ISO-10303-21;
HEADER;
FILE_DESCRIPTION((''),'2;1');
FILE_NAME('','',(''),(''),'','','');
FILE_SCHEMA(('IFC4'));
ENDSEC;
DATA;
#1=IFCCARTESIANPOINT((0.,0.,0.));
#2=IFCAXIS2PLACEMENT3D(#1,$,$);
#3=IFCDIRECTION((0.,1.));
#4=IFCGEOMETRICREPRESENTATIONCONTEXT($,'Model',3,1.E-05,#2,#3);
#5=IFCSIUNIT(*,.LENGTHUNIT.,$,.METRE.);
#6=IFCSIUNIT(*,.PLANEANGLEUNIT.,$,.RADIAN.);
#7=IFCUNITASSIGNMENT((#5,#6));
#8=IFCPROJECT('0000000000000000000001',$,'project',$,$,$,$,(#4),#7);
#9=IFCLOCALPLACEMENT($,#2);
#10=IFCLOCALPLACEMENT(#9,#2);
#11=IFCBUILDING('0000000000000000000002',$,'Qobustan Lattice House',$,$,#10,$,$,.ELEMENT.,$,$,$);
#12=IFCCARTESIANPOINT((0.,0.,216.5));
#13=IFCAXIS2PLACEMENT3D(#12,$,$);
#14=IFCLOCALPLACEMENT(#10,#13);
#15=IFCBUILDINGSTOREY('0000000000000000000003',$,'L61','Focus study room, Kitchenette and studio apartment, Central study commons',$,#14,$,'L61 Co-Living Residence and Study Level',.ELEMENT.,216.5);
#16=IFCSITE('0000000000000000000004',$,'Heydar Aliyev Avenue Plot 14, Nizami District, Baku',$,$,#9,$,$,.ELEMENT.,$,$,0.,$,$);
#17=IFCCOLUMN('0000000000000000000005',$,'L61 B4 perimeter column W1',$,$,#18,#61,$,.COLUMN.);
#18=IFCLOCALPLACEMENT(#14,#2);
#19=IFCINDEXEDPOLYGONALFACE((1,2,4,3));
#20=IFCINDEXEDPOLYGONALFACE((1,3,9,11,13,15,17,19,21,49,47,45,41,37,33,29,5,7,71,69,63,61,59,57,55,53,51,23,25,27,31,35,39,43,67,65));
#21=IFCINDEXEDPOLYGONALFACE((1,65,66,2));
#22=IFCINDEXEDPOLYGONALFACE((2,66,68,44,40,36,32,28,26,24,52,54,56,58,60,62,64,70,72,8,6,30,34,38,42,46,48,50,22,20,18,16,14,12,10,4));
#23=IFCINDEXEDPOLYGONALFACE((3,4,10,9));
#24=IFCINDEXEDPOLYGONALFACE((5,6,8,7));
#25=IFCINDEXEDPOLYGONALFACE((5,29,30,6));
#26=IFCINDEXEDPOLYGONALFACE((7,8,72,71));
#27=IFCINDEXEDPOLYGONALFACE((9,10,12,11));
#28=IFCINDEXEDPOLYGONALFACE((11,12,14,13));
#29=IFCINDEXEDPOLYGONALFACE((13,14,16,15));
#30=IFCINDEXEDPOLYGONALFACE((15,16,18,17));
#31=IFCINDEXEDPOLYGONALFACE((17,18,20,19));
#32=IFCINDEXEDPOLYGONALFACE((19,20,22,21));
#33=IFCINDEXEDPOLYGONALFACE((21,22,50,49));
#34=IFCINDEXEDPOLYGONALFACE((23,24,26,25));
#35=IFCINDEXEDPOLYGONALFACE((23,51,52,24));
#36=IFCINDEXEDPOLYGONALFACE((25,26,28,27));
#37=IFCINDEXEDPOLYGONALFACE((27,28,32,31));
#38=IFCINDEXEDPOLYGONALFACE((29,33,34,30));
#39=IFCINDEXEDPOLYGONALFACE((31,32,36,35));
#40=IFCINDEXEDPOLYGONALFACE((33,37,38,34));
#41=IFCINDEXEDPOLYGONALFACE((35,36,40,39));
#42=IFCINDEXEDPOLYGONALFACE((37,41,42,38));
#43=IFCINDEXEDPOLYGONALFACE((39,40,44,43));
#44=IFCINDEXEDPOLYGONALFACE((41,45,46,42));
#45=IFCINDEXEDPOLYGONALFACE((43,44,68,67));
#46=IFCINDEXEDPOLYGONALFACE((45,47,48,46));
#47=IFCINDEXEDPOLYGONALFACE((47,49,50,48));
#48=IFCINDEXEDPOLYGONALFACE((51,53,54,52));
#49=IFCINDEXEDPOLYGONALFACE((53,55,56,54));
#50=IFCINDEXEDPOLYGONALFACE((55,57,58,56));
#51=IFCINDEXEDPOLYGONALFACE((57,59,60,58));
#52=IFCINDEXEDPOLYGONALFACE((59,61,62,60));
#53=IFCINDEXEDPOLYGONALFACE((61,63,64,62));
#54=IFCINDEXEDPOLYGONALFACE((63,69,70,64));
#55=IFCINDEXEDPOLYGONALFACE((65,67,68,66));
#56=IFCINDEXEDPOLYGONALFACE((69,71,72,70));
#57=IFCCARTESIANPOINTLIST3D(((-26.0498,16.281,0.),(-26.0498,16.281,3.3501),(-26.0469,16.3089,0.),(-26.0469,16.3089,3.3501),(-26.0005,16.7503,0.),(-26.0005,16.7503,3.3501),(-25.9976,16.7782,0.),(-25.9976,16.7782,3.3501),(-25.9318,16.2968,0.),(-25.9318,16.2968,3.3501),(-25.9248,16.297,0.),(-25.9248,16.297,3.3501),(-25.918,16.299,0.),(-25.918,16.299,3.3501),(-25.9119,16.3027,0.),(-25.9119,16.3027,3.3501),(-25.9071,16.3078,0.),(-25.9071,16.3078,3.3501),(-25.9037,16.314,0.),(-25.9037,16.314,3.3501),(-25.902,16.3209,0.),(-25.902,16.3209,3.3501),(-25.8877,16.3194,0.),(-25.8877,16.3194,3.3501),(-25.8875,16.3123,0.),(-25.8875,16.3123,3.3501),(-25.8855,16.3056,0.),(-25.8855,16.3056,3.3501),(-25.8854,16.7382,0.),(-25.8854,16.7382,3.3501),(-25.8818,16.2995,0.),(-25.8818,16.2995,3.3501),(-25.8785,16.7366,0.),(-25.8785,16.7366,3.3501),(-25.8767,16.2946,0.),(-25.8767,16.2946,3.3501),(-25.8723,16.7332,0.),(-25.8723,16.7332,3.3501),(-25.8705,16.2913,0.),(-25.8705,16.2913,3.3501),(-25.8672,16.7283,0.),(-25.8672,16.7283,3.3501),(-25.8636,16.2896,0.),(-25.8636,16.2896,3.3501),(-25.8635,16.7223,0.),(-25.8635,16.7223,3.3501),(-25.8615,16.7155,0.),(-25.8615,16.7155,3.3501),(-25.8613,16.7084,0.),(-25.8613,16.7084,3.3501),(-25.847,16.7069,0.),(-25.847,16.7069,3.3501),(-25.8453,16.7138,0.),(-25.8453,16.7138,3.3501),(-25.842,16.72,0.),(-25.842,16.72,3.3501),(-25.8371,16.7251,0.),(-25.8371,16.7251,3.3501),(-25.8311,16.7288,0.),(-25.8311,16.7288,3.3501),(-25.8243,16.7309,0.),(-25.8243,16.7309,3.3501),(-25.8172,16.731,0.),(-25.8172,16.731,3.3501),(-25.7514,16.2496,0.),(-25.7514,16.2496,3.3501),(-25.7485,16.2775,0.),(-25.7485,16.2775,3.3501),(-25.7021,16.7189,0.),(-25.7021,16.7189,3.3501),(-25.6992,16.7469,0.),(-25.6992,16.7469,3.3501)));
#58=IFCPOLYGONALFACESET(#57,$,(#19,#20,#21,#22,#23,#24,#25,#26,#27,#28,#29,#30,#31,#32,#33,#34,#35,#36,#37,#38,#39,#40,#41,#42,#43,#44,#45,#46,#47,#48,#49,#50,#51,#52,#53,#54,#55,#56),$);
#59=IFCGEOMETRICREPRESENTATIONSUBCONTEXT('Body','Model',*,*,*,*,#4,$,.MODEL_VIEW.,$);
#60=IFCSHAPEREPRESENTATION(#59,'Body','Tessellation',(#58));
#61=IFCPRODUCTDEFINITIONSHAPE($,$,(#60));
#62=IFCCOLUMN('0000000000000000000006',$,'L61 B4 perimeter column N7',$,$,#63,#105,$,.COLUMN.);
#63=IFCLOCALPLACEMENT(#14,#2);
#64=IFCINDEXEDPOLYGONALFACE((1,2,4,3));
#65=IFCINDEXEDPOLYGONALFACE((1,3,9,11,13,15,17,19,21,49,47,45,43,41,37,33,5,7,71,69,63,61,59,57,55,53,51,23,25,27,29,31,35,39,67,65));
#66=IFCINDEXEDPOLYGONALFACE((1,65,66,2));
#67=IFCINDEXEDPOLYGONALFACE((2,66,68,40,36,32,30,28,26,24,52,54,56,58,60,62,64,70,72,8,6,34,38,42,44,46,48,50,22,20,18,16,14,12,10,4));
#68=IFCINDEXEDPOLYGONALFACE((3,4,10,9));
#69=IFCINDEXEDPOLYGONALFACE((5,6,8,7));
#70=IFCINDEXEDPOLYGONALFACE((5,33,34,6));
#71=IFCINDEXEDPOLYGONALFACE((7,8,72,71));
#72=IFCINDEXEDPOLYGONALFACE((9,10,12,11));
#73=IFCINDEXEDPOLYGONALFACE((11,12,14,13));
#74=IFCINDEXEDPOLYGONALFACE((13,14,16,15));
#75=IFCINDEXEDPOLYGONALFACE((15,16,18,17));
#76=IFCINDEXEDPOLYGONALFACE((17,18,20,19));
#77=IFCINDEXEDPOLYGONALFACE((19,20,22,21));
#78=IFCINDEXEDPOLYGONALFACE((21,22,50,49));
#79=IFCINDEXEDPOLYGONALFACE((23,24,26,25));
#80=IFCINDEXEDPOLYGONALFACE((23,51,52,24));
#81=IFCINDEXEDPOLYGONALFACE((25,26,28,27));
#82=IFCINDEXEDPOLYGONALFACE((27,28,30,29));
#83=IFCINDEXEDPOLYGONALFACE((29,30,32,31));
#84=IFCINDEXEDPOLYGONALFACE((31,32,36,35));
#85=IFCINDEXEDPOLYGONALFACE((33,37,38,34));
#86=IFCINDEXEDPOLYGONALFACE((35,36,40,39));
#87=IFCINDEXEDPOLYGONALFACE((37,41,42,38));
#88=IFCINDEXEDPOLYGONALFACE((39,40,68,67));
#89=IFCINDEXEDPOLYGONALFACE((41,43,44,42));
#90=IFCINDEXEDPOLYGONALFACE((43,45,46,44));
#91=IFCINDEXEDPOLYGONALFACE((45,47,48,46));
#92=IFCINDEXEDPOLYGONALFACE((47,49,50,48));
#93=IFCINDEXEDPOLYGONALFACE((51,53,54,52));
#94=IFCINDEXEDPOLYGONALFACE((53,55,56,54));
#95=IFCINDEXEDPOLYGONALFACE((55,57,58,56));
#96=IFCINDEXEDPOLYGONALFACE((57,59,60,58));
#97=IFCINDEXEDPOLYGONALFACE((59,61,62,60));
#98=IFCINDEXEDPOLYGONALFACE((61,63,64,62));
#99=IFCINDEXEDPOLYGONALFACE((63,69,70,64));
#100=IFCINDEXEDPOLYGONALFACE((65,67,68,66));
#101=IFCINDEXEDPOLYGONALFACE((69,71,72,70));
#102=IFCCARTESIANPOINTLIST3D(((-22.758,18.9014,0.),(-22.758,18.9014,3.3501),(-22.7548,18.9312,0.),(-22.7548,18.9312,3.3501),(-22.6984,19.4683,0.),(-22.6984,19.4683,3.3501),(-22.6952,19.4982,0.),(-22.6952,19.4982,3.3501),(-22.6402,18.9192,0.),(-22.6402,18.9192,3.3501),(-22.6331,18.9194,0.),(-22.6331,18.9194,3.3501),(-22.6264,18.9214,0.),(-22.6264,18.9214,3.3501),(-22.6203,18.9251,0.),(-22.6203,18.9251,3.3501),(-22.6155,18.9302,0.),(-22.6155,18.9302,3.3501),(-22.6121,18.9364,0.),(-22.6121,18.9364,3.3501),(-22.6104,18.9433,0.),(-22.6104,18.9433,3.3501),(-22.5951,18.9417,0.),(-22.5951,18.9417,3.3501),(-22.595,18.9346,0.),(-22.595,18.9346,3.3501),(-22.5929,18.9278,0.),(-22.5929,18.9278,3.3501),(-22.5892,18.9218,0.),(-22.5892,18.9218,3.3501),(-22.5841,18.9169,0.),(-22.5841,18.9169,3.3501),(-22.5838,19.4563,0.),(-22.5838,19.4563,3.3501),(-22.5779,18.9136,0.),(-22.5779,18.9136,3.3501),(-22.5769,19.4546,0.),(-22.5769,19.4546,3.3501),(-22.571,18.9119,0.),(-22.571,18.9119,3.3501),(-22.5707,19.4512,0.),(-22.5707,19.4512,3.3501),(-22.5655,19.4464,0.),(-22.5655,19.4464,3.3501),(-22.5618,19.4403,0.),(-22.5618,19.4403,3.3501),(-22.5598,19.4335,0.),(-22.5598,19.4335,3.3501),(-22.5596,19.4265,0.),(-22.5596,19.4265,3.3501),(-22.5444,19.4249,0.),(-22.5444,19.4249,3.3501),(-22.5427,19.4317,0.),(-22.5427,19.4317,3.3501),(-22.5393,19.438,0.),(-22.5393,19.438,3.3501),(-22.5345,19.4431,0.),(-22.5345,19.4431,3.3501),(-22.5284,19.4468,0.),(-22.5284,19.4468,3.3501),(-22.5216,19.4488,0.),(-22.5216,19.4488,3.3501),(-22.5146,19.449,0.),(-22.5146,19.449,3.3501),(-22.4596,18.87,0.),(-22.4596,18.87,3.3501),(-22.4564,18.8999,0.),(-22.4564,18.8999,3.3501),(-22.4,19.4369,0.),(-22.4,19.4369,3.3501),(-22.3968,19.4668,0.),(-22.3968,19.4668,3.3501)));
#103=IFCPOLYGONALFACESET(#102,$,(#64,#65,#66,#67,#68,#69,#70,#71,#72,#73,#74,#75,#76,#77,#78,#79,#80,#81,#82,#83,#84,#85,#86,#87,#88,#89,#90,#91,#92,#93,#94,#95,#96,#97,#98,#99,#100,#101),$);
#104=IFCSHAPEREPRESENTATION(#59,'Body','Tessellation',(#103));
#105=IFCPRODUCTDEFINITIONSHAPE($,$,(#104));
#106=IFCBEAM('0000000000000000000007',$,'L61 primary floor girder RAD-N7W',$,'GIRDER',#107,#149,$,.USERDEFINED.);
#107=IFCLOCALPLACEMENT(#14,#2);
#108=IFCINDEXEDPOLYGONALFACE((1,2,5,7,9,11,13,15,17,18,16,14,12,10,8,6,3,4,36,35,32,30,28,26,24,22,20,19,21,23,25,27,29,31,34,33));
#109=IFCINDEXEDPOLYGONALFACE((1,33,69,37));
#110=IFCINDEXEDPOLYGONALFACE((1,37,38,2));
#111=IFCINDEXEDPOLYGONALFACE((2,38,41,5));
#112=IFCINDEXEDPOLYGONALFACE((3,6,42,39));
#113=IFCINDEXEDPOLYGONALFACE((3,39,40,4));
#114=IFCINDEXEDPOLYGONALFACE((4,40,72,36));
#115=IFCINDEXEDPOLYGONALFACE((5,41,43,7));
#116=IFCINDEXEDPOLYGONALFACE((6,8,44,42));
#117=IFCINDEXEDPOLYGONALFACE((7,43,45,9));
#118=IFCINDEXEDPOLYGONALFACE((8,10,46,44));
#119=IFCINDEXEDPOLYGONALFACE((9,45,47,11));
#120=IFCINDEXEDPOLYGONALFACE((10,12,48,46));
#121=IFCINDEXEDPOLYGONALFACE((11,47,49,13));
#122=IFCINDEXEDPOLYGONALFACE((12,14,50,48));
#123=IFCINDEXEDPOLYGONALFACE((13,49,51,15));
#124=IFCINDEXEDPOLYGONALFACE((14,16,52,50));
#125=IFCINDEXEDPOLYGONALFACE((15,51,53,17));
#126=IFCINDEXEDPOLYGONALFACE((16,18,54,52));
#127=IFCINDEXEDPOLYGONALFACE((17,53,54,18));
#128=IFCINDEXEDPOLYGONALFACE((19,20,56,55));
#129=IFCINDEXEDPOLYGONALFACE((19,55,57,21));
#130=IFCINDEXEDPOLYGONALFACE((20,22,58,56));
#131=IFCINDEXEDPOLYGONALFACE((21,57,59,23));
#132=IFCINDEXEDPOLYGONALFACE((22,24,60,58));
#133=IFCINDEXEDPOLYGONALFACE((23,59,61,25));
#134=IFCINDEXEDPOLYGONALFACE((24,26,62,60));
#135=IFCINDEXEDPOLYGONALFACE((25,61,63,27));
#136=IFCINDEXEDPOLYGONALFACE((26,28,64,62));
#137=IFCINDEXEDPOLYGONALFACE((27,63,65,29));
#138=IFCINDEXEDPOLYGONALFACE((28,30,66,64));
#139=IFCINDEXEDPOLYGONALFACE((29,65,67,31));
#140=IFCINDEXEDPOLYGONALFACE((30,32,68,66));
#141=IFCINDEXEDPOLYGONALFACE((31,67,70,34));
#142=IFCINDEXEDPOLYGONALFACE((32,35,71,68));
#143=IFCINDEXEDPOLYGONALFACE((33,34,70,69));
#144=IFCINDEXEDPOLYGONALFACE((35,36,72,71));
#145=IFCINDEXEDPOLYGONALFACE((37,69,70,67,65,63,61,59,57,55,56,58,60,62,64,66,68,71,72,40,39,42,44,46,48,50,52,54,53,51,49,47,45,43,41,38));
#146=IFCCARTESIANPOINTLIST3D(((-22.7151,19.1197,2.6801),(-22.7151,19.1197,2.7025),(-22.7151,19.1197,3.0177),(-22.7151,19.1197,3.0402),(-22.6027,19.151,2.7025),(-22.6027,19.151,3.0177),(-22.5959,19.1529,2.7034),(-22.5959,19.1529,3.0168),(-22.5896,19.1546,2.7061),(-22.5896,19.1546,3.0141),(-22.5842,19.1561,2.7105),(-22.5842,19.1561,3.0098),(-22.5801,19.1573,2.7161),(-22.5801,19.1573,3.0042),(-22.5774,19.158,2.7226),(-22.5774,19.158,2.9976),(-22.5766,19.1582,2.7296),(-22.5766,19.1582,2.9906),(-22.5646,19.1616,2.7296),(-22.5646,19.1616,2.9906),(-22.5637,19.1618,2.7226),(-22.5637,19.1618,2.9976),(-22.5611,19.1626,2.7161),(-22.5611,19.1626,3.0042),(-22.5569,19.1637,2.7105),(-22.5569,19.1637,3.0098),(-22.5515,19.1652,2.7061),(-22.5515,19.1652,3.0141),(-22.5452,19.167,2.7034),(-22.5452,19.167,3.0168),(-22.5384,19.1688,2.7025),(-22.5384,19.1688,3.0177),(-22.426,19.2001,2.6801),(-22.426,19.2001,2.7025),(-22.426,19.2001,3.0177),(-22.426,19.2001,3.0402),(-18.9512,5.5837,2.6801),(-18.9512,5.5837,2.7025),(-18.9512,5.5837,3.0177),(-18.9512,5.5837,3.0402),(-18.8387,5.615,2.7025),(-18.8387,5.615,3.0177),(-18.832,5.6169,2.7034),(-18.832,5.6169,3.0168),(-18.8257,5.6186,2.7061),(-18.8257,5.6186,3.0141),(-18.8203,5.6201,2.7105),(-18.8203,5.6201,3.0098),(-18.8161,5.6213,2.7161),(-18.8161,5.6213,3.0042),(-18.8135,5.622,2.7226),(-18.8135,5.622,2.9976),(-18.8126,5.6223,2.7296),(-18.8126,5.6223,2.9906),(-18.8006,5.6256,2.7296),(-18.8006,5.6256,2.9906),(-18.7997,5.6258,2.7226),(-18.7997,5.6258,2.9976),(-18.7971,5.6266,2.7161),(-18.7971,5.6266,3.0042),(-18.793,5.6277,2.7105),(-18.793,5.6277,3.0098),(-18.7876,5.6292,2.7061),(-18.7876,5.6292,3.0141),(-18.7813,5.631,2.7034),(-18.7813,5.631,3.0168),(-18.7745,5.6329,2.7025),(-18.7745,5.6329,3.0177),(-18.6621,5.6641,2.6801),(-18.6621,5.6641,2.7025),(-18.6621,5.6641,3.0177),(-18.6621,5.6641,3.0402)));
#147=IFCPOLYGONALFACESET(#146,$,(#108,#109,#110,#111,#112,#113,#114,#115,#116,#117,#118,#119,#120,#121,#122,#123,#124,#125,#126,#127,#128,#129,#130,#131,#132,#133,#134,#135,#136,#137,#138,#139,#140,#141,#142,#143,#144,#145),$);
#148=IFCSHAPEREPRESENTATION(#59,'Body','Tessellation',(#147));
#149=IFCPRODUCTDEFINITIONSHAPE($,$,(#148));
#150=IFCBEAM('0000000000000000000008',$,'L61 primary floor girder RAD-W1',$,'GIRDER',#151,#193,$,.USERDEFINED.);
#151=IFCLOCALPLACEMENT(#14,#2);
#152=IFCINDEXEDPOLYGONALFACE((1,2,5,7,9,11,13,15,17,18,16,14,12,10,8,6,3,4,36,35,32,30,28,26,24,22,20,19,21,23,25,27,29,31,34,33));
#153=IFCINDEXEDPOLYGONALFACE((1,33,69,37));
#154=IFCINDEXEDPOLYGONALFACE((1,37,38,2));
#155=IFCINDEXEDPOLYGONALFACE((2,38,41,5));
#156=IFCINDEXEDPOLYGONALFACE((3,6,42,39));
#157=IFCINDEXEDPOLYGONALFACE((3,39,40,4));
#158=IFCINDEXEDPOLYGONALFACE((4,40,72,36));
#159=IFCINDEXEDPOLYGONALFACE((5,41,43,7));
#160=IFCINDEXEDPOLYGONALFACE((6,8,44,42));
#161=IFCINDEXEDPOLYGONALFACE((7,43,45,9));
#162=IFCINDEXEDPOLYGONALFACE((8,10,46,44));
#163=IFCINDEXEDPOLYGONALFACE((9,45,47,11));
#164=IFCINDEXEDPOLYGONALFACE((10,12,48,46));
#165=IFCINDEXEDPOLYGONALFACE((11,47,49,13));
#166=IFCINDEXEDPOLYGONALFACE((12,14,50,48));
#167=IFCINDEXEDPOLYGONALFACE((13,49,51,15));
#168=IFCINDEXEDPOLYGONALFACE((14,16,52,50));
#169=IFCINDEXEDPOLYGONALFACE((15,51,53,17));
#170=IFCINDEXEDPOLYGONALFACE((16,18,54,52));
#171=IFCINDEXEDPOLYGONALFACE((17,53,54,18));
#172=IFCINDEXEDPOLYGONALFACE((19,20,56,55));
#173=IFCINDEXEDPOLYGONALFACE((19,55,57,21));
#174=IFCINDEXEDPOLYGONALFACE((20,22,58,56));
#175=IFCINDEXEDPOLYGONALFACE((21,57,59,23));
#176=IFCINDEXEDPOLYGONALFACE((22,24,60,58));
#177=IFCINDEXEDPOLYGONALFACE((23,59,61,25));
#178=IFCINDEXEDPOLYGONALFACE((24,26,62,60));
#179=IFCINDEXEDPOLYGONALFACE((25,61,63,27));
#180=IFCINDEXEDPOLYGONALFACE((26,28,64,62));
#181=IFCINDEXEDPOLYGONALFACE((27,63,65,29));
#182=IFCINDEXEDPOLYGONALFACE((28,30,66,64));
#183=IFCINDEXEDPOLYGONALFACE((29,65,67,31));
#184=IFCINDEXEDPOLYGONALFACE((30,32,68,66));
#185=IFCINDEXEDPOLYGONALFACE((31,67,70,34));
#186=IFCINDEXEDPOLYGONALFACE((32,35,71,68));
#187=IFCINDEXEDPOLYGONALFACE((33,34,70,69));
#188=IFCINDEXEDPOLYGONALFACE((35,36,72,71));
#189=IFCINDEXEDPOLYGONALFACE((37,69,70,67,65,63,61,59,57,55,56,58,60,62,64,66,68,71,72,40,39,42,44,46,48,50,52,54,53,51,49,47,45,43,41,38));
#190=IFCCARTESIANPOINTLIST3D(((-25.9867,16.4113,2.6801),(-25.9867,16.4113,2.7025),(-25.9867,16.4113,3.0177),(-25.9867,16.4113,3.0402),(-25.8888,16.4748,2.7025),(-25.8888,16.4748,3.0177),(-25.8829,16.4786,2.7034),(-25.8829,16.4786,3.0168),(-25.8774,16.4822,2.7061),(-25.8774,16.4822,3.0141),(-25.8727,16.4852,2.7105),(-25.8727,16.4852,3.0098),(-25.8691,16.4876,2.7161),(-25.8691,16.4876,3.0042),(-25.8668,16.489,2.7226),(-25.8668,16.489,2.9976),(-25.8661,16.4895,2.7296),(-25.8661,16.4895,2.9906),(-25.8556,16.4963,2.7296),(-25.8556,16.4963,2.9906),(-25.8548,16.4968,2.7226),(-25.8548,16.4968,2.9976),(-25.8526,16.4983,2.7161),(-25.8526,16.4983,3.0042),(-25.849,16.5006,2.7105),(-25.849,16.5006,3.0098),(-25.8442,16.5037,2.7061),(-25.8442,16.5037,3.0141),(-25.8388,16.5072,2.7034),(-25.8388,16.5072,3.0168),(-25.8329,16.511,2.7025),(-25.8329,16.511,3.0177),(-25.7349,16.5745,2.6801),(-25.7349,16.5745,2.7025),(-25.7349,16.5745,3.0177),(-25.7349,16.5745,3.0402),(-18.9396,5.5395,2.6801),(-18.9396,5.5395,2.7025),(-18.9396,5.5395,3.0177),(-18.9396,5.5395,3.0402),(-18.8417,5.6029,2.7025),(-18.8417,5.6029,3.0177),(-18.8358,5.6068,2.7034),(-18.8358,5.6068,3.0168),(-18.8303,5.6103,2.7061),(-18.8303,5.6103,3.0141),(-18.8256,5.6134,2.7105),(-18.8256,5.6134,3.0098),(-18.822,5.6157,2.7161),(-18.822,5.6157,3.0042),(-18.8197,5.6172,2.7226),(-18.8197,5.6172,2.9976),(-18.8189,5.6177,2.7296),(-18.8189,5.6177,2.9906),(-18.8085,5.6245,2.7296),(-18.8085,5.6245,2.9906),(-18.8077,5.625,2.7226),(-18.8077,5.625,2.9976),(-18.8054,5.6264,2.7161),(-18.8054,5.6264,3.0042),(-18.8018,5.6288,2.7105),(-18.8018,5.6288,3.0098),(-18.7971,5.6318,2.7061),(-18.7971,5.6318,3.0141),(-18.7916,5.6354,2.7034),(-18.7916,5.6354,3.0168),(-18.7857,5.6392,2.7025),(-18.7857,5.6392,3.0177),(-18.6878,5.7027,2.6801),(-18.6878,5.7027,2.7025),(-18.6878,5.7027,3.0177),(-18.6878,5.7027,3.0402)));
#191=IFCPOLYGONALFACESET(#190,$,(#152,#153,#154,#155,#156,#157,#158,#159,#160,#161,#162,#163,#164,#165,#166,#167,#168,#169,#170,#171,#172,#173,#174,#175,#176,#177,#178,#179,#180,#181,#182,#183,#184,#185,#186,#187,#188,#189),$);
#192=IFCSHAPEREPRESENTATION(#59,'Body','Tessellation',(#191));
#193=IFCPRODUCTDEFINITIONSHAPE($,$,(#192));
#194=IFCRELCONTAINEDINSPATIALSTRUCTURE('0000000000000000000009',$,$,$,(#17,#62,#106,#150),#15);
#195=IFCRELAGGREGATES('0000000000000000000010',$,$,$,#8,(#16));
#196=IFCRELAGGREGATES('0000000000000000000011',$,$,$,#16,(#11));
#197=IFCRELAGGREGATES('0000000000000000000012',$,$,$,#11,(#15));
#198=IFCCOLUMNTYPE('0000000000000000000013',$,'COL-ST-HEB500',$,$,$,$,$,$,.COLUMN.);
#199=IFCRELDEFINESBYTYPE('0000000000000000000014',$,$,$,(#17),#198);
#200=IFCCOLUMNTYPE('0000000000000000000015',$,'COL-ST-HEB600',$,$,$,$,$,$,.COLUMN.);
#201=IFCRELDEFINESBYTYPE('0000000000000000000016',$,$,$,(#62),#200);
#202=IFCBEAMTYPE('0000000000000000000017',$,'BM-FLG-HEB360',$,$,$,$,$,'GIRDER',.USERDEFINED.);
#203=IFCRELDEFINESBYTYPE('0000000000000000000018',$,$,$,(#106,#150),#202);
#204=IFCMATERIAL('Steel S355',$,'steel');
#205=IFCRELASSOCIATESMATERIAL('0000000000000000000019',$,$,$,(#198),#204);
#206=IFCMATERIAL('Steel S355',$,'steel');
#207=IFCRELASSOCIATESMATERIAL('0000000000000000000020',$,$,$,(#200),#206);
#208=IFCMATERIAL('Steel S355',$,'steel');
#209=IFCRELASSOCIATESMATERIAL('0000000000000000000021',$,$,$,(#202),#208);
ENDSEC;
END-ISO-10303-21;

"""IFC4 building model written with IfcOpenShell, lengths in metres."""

from ifc_helpers import new_model, si_unit, direction, frame, origin, origin_2d, place, context, subcontext, project, spatial, i_section, extrude, material, material_profile, profile_set, type_object, element, save


model = new_model("IFC4")

# Units and contexts
model_context = context("Model", 3, precision=1e-05, world=origin(), true_north=direction((0.0, 1.0)))
body_context = subcontext(model_context, "Body", "Model", "MODEL_VIEW")
ifc_project = project(units=[si_unit("LENGTHUNIT", "METRE"), si_unit("PLANEANGLEUNIT", "RADIAN")], contexts=[model_context])

# Site, building, storey
site_placement = place(None, origin())
site = spatial("IfcSite", under=ifc_project, at=site_placement, Name="Heydar Aliyev Avenue Plot 14, Nizami District, Baku", CompositionType="ELEMENT", RefElevation=0.0)
building_placement = place(site_placement, origin())
building = spatial("IfcBuilding", under=site, at=building_placement, Name="Qobustan Lattice House", CompositionType="ELEMENT")
storey_placement = place(building_placement, frame((0.0, 0.0, 216.5)))
storey = spatial("IfcBuildingStorey", under=building, at=storey_placement, Name="L61", Description="Focus study room, Kitchenette and studio apartment, Central study commons", LongName="L61 Co-Living Residence and Study Level", CompositionType="ELEMENT", Elevation=216.5)

# Columns
ifc_material_1 = material(Name="Steel S355", Category="steel")
ifc_material_profile_1 = material_profile(ifc_material_1, i_section(OverallWidth=0.3, OverallDepth=0.5, WebThickness=0.0144, FlangeThickness=0.0281, FilletRadius=0.0271, at=origin_2d()), Name="HEB500")
ifc_profile_set_1 = profile_set([ifc_material_profile_1], Name="Steel S355")
column_type_1 = type_object("IfcColumnType", Name="COL-ST-HEB500", PredefinedType="COLUMN", material=ifc_profile_set_1)
column_1_placement = place(storey_placement, frame((-25.8745, 16.5139, 0.0), z_axis=(0.0, 0.0, 1.0), x_axis=(0.994522, -0.104528, 0.0)))
element("IfcColumn", 1, at=column_1_placement, inside=storey, type_object=column_type_1, Name="L61 B4 perimeter column W1", PredefinedType="COLUMN", context=body_context, shape_type="SweptSolid", body=[
    extrude(i_section(OverallWidth=0.3, OverallDepth=0.5, WebThickness=0.0144, FlangeThickness=0.0281, FilletRadius=0.0271, at=origin_2d()), origin(), (0.0, 0.0, 1.0), 3.3501),
])
ifc_material_2 = material(Name="Steel S355", Category="steel")
ifc_material_profile_2 = material_profile(ifc_material_2, i_section(OverallWidth=0.3, OverallDepth=0.6001, WebThickness=0.0154, FlangeThickness=0.03, FilletRadius=0.0271, at=origin_2d()), Name="HEB600")
ifc_profile_set_2 = profile_set([ifc_material_profile_2], Name="Steel S355")
column_type_2 = type_object("IfcColumnType", Name="COL-ST-HEB600", PredefinedType="COLUMN", material=ifc_profile_set_2)
column_2_placement = place(storey_placement, frame((-22.5774, 19.1841, 0.0), z_axis=(0.0, 0.0, 1.0), x_axis=(0.994522, -0.104528, 0.0)))
element("IfcColumn", 2, at=column_2_placement, inside=storey, type_object=column_type_2, Name="L61 B4 perimeter column N7", PredefinedType="COLUMN", context=body_context, shape_type="SweptSolid", body=[
    extrude(i_section(OverallWidth=0.3, OverallDepth=0.6001, WebThickness=0.0154, FlangeThickness=0.03, FilletRadius=0.0271, at=origin_2d()), origin(), (0.0, 0.0, 1.0), 3.3501),
])

# Beams
ifc_material_3 = material(Name="Steel S355", Category="steel")
ifc_material_profile_3 = material_profile(ifc_material_3, i_section(OverallWidth=0.3, OverallDepth=0.3601, WebThickness=0.0125, FlangeThickness=0.0225, FilletRadius=0.0271, at=origin_2d()), Name="HEB360")
ifc_profile_set_3 = profile_set([ifc_material_profile_3], Name="Steel S355")
beam_type_1 = type_object("IfcBeamType", Name="BM-FLG-HEB360", ElementType="GIRDER", PredefinedType="USERDEFINED", material=ifc_profile_set_3)
beam_1_placement = place(storey_placement, frame((-22.5706, 19.1599, 2.8601), z_axis=(0.267905, -0.963445, 0.0), x_axis=(0.963445, 0.267905, 0.0)))
element("IfcBeam", 3, at=beam_1_placement, inside=storey, type_object=beam_type_1, Name="L61 primary floor girder RAD-N7W", ObjectType="GIRDER", PredefinedType="USERDEFINED", context=body_context, shape_type="SweptSolid", body=[
    extrude(i_section(OverallWidth=0.3, OverallDepth=0.3601, WebThickness=0.0125, FlangeThickness=0.0225, FilletRadius=0.0271, at=origin_2d()), origin(), (0.0, 0.0, 1.0), 14.0496),
])
beam_2_placement = place(storey_placement, frame((-25.8608, 16.4929, 2.8601), z_axis=(0.543926, -0.839133, 0.0), x_axis=(0.839133, 0.543926, 0.0)))
element("IfcBeam", 4, at=beam_2_placement, inside=storey, type_object=beam_type_1, Name="L61 primary floor girder RAD-W1", ObjectType="GIRDER", PredefinedType="USERDEFINED", context=body_context, shape_type="SweptSolid", body=[
    extrude(i_section(OverallWidth=0.3, OverallDepth=0.3601, WebThickness=0.0125, FlangeThickness=0.0225, FilletRadius=0.0271, at=origin_2d()), origin(), (0.0, 0.0, 1.0), 12.9561),
])

save(model, "model.ifc")
